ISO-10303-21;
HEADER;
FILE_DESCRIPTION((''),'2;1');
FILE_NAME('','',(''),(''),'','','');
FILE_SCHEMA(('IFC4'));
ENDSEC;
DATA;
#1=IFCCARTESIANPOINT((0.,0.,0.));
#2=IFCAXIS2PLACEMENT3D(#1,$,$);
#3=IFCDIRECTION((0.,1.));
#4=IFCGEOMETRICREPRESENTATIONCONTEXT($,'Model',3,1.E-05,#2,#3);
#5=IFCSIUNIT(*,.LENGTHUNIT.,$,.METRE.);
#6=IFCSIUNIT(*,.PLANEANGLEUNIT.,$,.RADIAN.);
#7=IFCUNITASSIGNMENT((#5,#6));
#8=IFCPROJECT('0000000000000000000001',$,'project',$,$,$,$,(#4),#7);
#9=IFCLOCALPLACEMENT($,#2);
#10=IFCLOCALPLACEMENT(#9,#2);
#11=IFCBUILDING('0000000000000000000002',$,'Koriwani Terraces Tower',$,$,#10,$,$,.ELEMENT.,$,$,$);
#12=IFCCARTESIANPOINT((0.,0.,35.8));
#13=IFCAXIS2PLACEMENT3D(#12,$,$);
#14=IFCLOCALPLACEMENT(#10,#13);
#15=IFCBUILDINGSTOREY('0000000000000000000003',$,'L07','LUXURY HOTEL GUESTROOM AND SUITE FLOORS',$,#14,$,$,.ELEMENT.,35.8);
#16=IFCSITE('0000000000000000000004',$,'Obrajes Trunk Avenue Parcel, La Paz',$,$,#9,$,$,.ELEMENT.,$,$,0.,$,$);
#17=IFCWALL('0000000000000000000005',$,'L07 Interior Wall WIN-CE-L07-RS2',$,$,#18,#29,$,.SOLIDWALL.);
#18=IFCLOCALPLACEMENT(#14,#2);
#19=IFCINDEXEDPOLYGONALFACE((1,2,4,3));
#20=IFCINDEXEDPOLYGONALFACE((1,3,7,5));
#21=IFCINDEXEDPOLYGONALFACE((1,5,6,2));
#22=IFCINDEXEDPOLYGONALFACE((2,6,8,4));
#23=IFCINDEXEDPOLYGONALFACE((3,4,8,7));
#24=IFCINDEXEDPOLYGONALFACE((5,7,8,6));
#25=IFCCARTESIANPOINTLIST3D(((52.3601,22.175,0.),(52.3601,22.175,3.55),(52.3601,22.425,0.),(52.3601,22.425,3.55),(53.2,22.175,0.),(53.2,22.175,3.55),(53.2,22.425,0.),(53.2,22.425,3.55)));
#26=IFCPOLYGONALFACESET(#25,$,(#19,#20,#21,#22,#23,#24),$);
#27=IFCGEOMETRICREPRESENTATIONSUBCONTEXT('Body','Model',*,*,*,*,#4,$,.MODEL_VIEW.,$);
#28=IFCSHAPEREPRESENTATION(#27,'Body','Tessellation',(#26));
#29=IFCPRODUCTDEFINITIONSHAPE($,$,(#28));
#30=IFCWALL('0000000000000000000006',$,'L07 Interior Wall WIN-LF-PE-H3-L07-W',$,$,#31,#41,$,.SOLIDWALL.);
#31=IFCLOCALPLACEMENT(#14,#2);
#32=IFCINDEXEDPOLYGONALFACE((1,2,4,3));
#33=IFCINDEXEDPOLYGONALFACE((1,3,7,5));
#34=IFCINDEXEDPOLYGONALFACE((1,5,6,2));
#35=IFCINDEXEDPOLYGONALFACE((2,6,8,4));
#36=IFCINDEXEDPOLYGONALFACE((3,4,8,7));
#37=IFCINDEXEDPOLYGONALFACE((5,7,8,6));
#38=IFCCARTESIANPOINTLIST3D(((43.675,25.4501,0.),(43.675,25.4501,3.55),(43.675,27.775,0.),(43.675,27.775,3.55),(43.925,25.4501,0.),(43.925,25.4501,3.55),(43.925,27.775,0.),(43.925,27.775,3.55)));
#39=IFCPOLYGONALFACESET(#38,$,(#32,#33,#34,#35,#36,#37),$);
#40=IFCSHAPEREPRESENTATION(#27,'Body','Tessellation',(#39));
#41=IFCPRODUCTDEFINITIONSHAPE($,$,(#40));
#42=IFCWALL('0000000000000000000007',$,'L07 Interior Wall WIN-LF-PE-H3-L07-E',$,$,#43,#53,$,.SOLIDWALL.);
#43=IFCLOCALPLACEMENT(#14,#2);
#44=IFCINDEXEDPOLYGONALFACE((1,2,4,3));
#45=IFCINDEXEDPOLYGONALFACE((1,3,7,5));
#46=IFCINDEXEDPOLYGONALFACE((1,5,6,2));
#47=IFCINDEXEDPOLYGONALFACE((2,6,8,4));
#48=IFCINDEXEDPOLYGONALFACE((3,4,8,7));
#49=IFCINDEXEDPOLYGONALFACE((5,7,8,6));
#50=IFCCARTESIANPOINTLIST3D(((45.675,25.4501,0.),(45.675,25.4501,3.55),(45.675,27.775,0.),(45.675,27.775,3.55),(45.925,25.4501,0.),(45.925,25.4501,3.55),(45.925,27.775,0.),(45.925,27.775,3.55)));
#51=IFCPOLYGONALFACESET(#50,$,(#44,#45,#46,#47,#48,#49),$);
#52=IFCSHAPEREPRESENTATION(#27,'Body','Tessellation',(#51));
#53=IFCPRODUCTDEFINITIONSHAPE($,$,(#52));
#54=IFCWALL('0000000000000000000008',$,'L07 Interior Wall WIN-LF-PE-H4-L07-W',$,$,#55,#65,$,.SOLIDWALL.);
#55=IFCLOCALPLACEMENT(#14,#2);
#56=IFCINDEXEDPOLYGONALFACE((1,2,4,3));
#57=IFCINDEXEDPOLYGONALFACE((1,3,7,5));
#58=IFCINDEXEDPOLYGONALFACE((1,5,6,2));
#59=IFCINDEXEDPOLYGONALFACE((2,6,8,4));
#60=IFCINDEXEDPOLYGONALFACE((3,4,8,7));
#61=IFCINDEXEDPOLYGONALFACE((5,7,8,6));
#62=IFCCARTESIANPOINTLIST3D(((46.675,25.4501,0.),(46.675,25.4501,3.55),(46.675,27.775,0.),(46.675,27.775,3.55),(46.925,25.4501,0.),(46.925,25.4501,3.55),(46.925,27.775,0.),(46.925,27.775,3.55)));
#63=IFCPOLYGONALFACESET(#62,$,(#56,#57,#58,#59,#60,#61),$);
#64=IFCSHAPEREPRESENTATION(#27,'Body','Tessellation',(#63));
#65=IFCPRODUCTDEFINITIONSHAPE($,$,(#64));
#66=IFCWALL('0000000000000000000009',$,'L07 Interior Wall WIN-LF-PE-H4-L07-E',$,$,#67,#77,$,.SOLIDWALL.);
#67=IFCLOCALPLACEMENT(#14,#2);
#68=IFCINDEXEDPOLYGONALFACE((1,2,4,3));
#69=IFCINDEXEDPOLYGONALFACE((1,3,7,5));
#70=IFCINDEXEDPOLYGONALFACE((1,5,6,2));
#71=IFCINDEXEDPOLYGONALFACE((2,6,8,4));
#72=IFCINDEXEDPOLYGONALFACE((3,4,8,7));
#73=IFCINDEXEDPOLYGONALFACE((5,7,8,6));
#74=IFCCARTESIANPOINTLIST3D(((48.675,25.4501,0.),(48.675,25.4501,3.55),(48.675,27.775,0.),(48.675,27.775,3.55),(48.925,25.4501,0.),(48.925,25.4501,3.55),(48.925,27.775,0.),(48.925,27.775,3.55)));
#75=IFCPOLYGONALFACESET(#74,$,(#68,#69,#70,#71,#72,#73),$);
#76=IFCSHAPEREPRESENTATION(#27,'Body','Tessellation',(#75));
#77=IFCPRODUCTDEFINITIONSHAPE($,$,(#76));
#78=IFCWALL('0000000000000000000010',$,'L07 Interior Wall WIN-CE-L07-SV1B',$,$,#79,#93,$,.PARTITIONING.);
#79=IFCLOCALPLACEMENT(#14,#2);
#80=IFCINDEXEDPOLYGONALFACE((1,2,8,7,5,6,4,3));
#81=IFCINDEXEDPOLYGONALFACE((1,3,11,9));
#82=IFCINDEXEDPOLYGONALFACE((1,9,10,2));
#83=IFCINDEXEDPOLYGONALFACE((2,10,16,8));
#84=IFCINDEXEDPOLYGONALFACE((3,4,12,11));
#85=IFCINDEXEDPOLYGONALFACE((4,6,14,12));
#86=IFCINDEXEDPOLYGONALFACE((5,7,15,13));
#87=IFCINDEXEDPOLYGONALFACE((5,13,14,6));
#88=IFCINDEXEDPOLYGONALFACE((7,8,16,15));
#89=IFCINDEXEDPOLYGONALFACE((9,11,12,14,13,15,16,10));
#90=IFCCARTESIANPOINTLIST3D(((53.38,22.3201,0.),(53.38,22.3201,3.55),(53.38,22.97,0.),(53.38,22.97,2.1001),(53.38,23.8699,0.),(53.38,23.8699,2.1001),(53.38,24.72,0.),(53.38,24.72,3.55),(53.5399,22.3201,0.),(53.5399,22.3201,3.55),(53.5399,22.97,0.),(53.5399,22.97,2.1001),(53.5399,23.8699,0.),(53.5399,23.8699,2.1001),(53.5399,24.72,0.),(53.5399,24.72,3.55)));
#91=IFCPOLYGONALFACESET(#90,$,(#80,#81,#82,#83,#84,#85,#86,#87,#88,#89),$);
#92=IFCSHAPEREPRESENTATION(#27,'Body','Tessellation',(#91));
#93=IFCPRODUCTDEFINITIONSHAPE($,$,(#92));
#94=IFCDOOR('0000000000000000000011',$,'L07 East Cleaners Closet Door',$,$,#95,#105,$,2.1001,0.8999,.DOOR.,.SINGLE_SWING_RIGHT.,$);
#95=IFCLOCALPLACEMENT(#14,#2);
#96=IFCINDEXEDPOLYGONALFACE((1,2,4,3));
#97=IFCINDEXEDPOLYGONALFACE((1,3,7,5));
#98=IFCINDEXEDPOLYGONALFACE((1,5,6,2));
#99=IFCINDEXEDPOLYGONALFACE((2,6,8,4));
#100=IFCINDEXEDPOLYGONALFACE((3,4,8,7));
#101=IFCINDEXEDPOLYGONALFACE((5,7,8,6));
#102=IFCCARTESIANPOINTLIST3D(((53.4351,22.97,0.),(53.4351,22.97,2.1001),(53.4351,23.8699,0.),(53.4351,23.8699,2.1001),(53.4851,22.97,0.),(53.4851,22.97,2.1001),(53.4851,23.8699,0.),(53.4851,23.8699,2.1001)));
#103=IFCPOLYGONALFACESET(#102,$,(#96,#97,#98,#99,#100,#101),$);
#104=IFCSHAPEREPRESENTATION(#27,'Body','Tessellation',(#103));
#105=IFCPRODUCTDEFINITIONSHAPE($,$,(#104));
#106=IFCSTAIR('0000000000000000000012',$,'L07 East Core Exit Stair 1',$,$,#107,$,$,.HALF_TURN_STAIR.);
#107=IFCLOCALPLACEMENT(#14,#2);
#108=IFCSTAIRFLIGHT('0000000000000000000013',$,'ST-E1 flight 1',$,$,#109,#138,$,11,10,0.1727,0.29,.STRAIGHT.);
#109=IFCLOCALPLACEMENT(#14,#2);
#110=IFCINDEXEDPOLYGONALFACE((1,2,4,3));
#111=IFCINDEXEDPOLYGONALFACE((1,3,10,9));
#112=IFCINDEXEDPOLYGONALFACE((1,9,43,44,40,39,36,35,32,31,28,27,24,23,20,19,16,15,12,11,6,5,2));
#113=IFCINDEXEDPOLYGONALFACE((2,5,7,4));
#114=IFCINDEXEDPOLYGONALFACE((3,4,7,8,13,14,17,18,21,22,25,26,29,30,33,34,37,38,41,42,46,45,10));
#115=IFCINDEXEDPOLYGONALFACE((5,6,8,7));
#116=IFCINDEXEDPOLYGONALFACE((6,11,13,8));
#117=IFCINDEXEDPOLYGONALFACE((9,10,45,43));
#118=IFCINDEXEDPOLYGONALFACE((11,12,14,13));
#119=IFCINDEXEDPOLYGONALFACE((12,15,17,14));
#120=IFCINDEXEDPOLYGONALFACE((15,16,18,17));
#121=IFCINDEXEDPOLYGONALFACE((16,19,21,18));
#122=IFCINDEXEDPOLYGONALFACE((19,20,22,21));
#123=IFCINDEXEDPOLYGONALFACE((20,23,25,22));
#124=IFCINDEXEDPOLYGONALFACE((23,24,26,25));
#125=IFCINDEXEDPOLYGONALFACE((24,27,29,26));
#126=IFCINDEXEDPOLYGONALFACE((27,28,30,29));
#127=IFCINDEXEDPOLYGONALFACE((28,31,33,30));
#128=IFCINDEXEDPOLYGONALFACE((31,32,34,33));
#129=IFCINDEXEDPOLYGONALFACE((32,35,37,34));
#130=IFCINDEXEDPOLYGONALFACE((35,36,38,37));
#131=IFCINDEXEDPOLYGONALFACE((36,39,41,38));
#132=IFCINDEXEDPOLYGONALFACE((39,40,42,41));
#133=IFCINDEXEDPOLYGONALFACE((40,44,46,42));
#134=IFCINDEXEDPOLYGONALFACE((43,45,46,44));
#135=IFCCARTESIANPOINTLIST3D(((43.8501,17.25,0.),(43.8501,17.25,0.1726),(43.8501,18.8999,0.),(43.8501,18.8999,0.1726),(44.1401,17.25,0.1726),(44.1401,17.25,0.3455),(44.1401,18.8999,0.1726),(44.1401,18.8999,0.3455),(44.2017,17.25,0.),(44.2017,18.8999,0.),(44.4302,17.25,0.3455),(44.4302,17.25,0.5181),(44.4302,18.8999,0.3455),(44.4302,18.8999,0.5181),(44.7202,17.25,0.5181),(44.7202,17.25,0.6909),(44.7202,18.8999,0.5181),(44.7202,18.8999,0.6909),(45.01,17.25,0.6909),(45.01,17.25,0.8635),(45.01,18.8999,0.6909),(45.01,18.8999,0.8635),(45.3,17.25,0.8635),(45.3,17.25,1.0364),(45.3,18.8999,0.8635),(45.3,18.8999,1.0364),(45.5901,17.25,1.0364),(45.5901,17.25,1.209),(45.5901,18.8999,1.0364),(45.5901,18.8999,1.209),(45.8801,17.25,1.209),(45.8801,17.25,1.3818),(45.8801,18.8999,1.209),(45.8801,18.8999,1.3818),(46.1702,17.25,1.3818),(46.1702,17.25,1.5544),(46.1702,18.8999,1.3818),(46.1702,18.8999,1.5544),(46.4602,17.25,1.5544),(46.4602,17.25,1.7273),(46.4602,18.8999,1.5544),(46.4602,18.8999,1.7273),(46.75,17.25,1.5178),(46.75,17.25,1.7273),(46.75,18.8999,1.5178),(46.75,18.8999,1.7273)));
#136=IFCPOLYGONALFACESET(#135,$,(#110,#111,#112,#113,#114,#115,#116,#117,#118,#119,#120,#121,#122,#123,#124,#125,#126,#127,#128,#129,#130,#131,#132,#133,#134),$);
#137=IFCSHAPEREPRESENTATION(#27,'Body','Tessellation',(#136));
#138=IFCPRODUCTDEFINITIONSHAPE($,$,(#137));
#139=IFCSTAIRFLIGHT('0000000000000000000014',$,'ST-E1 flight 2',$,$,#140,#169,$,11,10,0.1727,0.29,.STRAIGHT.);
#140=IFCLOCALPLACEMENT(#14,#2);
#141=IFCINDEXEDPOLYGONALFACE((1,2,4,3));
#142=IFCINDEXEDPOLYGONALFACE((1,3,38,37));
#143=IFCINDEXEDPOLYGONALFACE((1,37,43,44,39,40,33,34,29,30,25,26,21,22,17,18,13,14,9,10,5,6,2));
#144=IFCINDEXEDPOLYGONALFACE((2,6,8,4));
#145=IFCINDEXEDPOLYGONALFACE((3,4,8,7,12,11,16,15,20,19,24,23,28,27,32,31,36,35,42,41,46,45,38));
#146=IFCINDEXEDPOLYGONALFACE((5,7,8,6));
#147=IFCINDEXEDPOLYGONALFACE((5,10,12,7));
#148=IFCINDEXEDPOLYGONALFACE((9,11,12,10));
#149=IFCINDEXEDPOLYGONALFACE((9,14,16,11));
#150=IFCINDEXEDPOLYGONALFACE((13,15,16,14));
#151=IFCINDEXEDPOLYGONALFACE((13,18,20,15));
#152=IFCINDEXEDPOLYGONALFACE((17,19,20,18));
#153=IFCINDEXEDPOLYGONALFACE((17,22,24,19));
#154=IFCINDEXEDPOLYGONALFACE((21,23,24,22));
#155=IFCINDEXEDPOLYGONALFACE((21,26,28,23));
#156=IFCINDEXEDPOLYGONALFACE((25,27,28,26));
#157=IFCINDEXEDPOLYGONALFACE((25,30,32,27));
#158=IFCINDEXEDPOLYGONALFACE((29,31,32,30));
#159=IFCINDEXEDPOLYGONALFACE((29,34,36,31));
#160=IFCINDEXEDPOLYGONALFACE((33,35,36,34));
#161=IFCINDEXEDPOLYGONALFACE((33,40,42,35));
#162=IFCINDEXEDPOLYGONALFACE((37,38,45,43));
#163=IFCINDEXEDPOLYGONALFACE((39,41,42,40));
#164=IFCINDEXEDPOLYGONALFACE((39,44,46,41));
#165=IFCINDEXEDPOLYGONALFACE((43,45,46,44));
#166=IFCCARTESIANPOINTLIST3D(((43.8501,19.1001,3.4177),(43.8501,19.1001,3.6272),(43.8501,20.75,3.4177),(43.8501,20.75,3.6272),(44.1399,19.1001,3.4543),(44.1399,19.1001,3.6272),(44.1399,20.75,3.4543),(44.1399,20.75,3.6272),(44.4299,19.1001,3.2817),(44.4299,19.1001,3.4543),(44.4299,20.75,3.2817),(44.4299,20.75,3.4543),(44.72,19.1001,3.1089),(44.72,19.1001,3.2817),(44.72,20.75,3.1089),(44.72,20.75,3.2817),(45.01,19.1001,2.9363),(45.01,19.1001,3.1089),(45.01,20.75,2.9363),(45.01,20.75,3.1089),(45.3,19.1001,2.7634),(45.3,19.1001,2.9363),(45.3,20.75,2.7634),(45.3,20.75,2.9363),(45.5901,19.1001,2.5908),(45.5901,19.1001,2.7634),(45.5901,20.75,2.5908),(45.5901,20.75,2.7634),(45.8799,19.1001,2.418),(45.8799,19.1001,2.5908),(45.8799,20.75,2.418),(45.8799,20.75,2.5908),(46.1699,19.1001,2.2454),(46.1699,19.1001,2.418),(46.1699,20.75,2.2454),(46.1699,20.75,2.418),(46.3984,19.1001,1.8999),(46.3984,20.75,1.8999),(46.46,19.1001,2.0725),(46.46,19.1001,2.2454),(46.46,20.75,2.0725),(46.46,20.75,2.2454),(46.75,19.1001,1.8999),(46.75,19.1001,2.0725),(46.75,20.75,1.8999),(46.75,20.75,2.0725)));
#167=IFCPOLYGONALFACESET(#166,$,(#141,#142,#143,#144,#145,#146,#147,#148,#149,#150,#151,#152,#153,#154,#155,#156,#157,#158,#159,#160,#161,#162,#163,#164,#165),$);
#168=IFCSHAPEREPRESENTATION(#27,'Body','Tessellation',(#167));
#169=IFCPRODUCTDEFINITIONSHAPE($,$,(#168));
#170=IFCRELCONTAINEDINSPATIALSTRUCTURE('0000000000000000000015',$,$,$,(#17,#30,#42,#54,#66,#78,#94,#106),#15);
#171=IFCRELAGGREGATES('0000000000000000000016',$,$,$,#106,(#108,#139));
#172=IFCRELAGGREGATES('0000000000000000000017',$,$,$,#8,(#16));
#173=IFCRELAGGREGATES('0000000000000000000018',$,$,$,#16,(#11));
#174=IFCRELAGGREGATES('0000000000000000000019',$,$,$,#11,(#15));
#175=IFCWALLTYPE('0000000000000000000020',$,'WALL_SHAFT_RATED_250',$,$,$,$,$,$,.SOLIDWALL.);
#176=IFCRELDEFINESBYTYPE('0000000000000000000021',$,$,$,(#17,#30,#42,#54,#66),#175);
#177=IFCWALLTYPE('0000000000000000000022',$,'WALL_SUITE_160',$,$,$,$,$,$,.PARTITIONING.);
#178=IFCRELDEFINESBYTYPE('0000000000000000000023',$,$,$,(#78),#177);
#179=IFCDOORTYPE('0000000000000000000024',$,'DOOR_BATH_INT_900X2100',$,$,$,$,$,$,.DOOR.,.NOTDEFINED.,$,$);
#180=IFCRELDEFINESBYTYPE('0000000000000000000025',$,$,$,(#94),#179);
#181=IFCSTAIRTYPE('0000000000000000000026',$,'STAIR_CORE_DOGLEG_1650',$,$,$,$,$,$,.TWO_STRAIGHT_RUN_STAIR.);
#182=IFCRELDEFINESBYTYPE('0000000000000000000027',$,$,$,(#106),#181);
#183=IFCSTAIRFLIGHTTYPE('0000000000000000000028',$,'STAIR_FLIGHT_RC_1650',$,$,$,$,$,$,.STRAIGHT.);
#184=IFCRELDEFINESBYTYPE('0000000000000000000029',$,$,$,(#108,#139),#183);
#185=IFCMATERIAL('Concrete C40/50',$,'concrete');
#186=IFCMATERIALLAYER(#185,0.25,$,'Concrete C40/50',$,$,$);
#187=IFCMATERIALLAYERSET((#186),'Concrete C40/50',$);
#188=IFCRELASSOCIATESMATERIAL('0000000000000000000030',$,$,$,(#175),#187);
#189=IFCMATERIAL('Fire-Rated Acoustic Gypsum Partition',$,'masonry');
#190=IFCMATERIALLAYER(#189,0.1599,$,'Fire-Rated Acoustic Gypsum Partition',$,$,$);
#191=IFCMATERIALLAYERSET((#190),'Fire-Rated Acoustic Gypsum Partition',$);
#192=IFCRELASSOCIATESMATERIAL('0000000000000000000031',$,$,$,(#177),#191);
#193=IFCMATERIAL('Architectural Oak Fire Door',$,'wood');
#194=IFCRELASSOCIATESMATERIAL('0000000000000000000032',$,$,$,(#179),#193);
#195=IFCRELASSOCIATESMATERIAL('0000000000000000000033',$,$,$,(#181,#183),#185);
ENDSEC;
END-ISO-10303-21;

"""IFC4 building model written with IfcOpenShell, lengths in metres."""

from ifc_helpers import new_model, si_unit, direction, frame, frame_2d, origin, place, context, subcontext, project, spatial, polyline, rectangle, outline, extrude, material, layer, layer_set, type_object, element, fill, aggregate, save


model = new_model("IFC4")

# Units and contexts
model_context = context("Model", 3, precision=1e-05, world=origin(), true_north=direction((0.0, 1.0)))
body_context = subcontext(model_context, "Body", "Model", "MODEL_VIEW")
ifc_project = project(units=[si_unit("LENGTHUNIT", "METRE"), si_unit("PLANEANGLEUNIT", "RADIAN")], contexts=[model_context])

# Site, building, storey
site_placement = place(None, origin())
site = spatial("IfcSite", under=ifc_project, at=site_placement, Name="Obrajes Trunk Avenue Parcel, La Paz", CompositionType="ELEMENT", RefElevation=0.0)
building_placement = place(site_placement, origin())
building = spatial("IfcBuilding", under=site, at=building_placement, Name="Koriwani Terraces Tower", CompositionType="ELEMENT")
storey_placement = place(building_placement, frame((0.0, 0.0, 35.8)))
storey = spatial("IfcBuildingStorey", under=building, at=storey_placement, Name="L07", Description="LUXURY HOTEL GUESTROOM AND SUITE FLOORS", CompositionType="ELEMENT", Elevation=35.8)

# Shared definitions
ifc_material_1 = material(Name="Concrete C40/50", Category="concrete")
ifc_layer_1 = layer(ifc_material_1, 0.25, Name="Concrete C40/50")
ifc_layer_set_1 = layer_set([ifc_layer_1], Name="Concrete C40/50")
wall_type_1 = type_object("IfcWallType", Name="WALL_SHAFT_RATED_250", PredefinedType="SOLIDWALL", material=ifc_layer_set_1)

# Walls
wall_1_placement = place(storey_placement, frame((52.3601, 22.3, 0.0), z_axis=(0.0, 0.0, 1.0), x_axis=(1.0, 0.0, 0.0)))
element("IfcWall", 1, at=wall_1_placement, inside=storey, type_object=wall_type_1, Name="L07 Interior Wall WIN-CE-L07-RS2", PredefinedType="SOLIDWALL", context=body_context, shape_type="SweptSolid", body=[
    extrude(rectangle(XDim=0.8398, YDim=0.25, at=frame_2d((0.4199, 0.0))), origin(), (0.0, 0.0, 1.0), 3.55),
])
for number, where, z_axis, x_axis, name in (
    (2, (43.8, 25.45, 0.0), (0.0, 0.0, 1.0), (0.0, 1.0, 0.0), "L07 Interior Wall WIN-LF-PE-H3-L07-W"),
    (3, (45.8, 25.45, 0.0), (0.0, 0.0, 1.0), (0.0, 1.0, 0.0), "L07 Interior Wall WIN-LF-PE-H3-L07-E"),
    (4, (46.8, 25.45, 0.0), (0.0, 0.0, 1.0), (0.0, 1.0, 0.0), "L07 Interior Wall WIN-LF-PE-H4-L07-W"),
    (5, (48.8, 25.45, 0.0), (0.0, 0.0, 1.0), (0.0, 1.0, 0.0), "L07 Interior Wall WIN-LF-PE-H4-L07-E"),
):
    element("IfcWall", number, at=place(storey_placement, frame(where, z_axis=z_axis, x_axis=x_axis)), inside=storey, type_object=wall_type_1, Name=name, PredefinedType="SOLIDWALL", context=body_context, shape_type="SweptSolid", body=[
        extrude(rectangle(XDim=2.325, YDim=0.25, at=frame_2d((1.1626, 0.0))), origin(), (0.0, 0.0, 1.0), 3.55),
    ])

# Wall, opening, door
ifc_material_2 = material(Name="Fire-Rated Acoustic Gypsum Partition", Category="masonry")
ifc_layer_2 = layer(ifc_material_2, 0.1599, Name="Fire-Rated Acoustic Gypsum Partition")
ifc_layer_set_2 = layer_set([ifc_layer_2], Name="Fire-Rated Acoustic Gypsum Partition")
wall_type_2 = type_object("IfcWallType", Name="WALL_SUITE_160", PredefinedType="PARTITIONING", material=ifc_layer_set_2)
wall_2_placement = place(storey_placement, frame((53.46, 22.3201, 0.0), z_axis=(0.0, 0.0, 1.0), x_axis=(0.0, 1.0, 0.0)))
wall_2 = element("IfcWall", 6, at=wall_2_placement, inside=storey, type_object=wall_type_2, Name="L07 Interior Wall WIN-CE-L07-SV1B", PredefinedType="PARTITIONING", context=body_context, shape_type="SweptSolid", body=[
    extrude(rectangle(XDim=2.3999, YDim=0.1599, at=frame_2d((1.2, 0.0))), origin(), (0.0, 0.0, 1.0), 3.55),
])
opening_1_placement = place(wall_2_placement, frame((0.6499, 0.0, 0.0)))
opening_1 = element("IfcOpeningElement", 7, at=opening_1_placement, cuts=wall_2, PredefinedType="OPENING", context=body_context, shape_type="SweptSolid", body=[
    extrude(rectangle(XDim=0.8999, YDim=2.1001, at=frame_2d((0.45, 1.05))), frame((0.0, 0.0898, 0.0), z_axis=(0.0, -1.0, 0.0), x_axis=(1.0, 0.0, 0.0)), (0.0, 0.0, 1.0), 0.1799),
])
ifc_material_3 = material(Name="Architectural Oak Fire Door", Category="wood")
door_type_1 = type_object("IfcDoorType", Name="DOOR_BATH_INT_900X2100", OperationType="NOTDEFINED", PredefinedType="DOOR", material=ifc_material_3)
door_1_placement = place(opening_1_placement, origin())
door_1 = element("IfcDoor", 8, at=door_1_placement, inside=storey, type_object=door_type_1, Name="L07 East Cleaners Closet Door", OperationType="SINGLE_SWING_RIGHT", OverallHeight=2.1001, OverallWidth=0.8999, PredefinedType="DOOR", context=body_context, shape_type="SweptSolid", body=[
    extrude(rectangle(XDim=0.8999, YDim=2.1001, at=frame_2d((0.45, 1.05))), frame((0.0, 0.0249, 0.0), z_axis=(0.0, -1.0, 0.0), x_axis=(1.0, 0.0, 0.0)), (0.0, 0.0, 1.0), 0.05),
])
fill(opening_1, door_1)

# Stair, stair flights
stair_type = type_object("IfcStairType", Name="STAIR_CORE_DOGLEG_1650", PredefinedType="TWO_STRAIGHT_RUN_STAIR", material=ifc_material_1)
stair_placement = place(storey_placement, origin())
stair = element("IfcStair", 9, at=stair_placement, inside=storey, type_object=stair_type, Name="L07 East Core Exit Stair 1", PredefinedType="HALF_TURN_STAIR")
stair_flight_type = type_object("IfcStairFlightType", Name="STAIR_FLIGHT_RC_1650", PredefinedType="STRAIGHT", material=ifc_material_1)
stair_flight_1_placement = place(storey_placement, frame((43.8501, 18.075, 0.0), z_axis=(0.0, 0.0, 1.0), x_axis=(1.0, 0.0, 0.0)))
stair_flight_1 = element("IfcStairFlight", 10, at=stair_flight_1_placement, type_object=stair_flight_type, Name="ST-E1 flight 1", NumberOfRisers=11, NumberOfTreads=10, PredefinedType="STRAIGHT", RiserHeight=0.1727, TreadLength=0.29, context=body_context, shape_type="SweptSolid", body=[
    extrude(outline(polyline([(0.0, 0.0), (0.0, 0.1726), (0.29, 0.1726), (0.29, 0.3455), (0.5801, 0.3455), (0.5801, 0.5181), (0.8701, 0.5181), (0.8701, 0.6909), (1.1599, 0.6909), (1.1599, 0.8635), (1.45, 0.8635), (1.45, 1.0364), (1.74, 1.0364), (1.74, 1.209), (2.03, 1.209), (2.03, 1.3818), (2.3201, 1.3818), (2.3201, 1.5544), (2.6101, 1.5544), (2.6101, 1.7273), (2.8999, 1.7273), (2.8999, 1.8999), (2.8999, 1.5178), (0.3516, 0.0), (0.0, 0.0)])), frame((0.0, 0.825, 0.0), z_axis=(0.0, -1.0, 0.0), x_axis=(1.0, 0.0, 0.0)), (0.0, 0.0, 1.0), 1.6499),
])
stair_flight_2_placement = place(storey_placement, frame((46.75, 19.925, 1.8999), z_axis=(0.0, 0.0, 1.0), x_axis=(-1.0, 0.0, 0.0)))
stair_flight_2 = element("IfcStairFlight", 11, at=stair_flight_2_placement, type_object=stair_flight_type, Name="ST-E1 flight 2", NumberOfRisers=11, NumberOfTreads=10, PredefinedType="STRAIGHT", RiserHeight=0.1727, TreadLength=0.29, context=body_context, shape_type="SweptSolid", body=[
    extrude(outline(polyline([(0.0, 0.0), (0.0, 0.1726), (0.29, 0.1726), (0.29, 0.3455), (0.5801, 0.3455), (0.5801, 0.5181), (0.8701, 0.5181), (0.8701, 0.6909), (1.1599, 0.6909), (1.1599, 0.8635), (1.45, 0.8635), (1.45, 1.0364), (1.74, 1.0364), (1.74, 1.209), (2.03, 1.209), (2.03, 1.3818), (2.3201, 1.3818), (2.3201, 1.5544), (2.6101, 1.5544), (2.6101, 1.7273), (2.8999, 1.7273), (2.8999, 1.8999), (2.8999, 1.5178), (0.3516, 0.0), (0.0, 0.0)])), frame((0.0, 0.825, 0.0), z_axis=(0.0, -1.0, 0.0), x_axis=(1.0, 0.0, 0.0)), (0.0, 0.0, 1.0), 1.6499),
])
aggregate(stair, [stair_flight_1, stair_flight_2])

save(model, "model.ifc")
